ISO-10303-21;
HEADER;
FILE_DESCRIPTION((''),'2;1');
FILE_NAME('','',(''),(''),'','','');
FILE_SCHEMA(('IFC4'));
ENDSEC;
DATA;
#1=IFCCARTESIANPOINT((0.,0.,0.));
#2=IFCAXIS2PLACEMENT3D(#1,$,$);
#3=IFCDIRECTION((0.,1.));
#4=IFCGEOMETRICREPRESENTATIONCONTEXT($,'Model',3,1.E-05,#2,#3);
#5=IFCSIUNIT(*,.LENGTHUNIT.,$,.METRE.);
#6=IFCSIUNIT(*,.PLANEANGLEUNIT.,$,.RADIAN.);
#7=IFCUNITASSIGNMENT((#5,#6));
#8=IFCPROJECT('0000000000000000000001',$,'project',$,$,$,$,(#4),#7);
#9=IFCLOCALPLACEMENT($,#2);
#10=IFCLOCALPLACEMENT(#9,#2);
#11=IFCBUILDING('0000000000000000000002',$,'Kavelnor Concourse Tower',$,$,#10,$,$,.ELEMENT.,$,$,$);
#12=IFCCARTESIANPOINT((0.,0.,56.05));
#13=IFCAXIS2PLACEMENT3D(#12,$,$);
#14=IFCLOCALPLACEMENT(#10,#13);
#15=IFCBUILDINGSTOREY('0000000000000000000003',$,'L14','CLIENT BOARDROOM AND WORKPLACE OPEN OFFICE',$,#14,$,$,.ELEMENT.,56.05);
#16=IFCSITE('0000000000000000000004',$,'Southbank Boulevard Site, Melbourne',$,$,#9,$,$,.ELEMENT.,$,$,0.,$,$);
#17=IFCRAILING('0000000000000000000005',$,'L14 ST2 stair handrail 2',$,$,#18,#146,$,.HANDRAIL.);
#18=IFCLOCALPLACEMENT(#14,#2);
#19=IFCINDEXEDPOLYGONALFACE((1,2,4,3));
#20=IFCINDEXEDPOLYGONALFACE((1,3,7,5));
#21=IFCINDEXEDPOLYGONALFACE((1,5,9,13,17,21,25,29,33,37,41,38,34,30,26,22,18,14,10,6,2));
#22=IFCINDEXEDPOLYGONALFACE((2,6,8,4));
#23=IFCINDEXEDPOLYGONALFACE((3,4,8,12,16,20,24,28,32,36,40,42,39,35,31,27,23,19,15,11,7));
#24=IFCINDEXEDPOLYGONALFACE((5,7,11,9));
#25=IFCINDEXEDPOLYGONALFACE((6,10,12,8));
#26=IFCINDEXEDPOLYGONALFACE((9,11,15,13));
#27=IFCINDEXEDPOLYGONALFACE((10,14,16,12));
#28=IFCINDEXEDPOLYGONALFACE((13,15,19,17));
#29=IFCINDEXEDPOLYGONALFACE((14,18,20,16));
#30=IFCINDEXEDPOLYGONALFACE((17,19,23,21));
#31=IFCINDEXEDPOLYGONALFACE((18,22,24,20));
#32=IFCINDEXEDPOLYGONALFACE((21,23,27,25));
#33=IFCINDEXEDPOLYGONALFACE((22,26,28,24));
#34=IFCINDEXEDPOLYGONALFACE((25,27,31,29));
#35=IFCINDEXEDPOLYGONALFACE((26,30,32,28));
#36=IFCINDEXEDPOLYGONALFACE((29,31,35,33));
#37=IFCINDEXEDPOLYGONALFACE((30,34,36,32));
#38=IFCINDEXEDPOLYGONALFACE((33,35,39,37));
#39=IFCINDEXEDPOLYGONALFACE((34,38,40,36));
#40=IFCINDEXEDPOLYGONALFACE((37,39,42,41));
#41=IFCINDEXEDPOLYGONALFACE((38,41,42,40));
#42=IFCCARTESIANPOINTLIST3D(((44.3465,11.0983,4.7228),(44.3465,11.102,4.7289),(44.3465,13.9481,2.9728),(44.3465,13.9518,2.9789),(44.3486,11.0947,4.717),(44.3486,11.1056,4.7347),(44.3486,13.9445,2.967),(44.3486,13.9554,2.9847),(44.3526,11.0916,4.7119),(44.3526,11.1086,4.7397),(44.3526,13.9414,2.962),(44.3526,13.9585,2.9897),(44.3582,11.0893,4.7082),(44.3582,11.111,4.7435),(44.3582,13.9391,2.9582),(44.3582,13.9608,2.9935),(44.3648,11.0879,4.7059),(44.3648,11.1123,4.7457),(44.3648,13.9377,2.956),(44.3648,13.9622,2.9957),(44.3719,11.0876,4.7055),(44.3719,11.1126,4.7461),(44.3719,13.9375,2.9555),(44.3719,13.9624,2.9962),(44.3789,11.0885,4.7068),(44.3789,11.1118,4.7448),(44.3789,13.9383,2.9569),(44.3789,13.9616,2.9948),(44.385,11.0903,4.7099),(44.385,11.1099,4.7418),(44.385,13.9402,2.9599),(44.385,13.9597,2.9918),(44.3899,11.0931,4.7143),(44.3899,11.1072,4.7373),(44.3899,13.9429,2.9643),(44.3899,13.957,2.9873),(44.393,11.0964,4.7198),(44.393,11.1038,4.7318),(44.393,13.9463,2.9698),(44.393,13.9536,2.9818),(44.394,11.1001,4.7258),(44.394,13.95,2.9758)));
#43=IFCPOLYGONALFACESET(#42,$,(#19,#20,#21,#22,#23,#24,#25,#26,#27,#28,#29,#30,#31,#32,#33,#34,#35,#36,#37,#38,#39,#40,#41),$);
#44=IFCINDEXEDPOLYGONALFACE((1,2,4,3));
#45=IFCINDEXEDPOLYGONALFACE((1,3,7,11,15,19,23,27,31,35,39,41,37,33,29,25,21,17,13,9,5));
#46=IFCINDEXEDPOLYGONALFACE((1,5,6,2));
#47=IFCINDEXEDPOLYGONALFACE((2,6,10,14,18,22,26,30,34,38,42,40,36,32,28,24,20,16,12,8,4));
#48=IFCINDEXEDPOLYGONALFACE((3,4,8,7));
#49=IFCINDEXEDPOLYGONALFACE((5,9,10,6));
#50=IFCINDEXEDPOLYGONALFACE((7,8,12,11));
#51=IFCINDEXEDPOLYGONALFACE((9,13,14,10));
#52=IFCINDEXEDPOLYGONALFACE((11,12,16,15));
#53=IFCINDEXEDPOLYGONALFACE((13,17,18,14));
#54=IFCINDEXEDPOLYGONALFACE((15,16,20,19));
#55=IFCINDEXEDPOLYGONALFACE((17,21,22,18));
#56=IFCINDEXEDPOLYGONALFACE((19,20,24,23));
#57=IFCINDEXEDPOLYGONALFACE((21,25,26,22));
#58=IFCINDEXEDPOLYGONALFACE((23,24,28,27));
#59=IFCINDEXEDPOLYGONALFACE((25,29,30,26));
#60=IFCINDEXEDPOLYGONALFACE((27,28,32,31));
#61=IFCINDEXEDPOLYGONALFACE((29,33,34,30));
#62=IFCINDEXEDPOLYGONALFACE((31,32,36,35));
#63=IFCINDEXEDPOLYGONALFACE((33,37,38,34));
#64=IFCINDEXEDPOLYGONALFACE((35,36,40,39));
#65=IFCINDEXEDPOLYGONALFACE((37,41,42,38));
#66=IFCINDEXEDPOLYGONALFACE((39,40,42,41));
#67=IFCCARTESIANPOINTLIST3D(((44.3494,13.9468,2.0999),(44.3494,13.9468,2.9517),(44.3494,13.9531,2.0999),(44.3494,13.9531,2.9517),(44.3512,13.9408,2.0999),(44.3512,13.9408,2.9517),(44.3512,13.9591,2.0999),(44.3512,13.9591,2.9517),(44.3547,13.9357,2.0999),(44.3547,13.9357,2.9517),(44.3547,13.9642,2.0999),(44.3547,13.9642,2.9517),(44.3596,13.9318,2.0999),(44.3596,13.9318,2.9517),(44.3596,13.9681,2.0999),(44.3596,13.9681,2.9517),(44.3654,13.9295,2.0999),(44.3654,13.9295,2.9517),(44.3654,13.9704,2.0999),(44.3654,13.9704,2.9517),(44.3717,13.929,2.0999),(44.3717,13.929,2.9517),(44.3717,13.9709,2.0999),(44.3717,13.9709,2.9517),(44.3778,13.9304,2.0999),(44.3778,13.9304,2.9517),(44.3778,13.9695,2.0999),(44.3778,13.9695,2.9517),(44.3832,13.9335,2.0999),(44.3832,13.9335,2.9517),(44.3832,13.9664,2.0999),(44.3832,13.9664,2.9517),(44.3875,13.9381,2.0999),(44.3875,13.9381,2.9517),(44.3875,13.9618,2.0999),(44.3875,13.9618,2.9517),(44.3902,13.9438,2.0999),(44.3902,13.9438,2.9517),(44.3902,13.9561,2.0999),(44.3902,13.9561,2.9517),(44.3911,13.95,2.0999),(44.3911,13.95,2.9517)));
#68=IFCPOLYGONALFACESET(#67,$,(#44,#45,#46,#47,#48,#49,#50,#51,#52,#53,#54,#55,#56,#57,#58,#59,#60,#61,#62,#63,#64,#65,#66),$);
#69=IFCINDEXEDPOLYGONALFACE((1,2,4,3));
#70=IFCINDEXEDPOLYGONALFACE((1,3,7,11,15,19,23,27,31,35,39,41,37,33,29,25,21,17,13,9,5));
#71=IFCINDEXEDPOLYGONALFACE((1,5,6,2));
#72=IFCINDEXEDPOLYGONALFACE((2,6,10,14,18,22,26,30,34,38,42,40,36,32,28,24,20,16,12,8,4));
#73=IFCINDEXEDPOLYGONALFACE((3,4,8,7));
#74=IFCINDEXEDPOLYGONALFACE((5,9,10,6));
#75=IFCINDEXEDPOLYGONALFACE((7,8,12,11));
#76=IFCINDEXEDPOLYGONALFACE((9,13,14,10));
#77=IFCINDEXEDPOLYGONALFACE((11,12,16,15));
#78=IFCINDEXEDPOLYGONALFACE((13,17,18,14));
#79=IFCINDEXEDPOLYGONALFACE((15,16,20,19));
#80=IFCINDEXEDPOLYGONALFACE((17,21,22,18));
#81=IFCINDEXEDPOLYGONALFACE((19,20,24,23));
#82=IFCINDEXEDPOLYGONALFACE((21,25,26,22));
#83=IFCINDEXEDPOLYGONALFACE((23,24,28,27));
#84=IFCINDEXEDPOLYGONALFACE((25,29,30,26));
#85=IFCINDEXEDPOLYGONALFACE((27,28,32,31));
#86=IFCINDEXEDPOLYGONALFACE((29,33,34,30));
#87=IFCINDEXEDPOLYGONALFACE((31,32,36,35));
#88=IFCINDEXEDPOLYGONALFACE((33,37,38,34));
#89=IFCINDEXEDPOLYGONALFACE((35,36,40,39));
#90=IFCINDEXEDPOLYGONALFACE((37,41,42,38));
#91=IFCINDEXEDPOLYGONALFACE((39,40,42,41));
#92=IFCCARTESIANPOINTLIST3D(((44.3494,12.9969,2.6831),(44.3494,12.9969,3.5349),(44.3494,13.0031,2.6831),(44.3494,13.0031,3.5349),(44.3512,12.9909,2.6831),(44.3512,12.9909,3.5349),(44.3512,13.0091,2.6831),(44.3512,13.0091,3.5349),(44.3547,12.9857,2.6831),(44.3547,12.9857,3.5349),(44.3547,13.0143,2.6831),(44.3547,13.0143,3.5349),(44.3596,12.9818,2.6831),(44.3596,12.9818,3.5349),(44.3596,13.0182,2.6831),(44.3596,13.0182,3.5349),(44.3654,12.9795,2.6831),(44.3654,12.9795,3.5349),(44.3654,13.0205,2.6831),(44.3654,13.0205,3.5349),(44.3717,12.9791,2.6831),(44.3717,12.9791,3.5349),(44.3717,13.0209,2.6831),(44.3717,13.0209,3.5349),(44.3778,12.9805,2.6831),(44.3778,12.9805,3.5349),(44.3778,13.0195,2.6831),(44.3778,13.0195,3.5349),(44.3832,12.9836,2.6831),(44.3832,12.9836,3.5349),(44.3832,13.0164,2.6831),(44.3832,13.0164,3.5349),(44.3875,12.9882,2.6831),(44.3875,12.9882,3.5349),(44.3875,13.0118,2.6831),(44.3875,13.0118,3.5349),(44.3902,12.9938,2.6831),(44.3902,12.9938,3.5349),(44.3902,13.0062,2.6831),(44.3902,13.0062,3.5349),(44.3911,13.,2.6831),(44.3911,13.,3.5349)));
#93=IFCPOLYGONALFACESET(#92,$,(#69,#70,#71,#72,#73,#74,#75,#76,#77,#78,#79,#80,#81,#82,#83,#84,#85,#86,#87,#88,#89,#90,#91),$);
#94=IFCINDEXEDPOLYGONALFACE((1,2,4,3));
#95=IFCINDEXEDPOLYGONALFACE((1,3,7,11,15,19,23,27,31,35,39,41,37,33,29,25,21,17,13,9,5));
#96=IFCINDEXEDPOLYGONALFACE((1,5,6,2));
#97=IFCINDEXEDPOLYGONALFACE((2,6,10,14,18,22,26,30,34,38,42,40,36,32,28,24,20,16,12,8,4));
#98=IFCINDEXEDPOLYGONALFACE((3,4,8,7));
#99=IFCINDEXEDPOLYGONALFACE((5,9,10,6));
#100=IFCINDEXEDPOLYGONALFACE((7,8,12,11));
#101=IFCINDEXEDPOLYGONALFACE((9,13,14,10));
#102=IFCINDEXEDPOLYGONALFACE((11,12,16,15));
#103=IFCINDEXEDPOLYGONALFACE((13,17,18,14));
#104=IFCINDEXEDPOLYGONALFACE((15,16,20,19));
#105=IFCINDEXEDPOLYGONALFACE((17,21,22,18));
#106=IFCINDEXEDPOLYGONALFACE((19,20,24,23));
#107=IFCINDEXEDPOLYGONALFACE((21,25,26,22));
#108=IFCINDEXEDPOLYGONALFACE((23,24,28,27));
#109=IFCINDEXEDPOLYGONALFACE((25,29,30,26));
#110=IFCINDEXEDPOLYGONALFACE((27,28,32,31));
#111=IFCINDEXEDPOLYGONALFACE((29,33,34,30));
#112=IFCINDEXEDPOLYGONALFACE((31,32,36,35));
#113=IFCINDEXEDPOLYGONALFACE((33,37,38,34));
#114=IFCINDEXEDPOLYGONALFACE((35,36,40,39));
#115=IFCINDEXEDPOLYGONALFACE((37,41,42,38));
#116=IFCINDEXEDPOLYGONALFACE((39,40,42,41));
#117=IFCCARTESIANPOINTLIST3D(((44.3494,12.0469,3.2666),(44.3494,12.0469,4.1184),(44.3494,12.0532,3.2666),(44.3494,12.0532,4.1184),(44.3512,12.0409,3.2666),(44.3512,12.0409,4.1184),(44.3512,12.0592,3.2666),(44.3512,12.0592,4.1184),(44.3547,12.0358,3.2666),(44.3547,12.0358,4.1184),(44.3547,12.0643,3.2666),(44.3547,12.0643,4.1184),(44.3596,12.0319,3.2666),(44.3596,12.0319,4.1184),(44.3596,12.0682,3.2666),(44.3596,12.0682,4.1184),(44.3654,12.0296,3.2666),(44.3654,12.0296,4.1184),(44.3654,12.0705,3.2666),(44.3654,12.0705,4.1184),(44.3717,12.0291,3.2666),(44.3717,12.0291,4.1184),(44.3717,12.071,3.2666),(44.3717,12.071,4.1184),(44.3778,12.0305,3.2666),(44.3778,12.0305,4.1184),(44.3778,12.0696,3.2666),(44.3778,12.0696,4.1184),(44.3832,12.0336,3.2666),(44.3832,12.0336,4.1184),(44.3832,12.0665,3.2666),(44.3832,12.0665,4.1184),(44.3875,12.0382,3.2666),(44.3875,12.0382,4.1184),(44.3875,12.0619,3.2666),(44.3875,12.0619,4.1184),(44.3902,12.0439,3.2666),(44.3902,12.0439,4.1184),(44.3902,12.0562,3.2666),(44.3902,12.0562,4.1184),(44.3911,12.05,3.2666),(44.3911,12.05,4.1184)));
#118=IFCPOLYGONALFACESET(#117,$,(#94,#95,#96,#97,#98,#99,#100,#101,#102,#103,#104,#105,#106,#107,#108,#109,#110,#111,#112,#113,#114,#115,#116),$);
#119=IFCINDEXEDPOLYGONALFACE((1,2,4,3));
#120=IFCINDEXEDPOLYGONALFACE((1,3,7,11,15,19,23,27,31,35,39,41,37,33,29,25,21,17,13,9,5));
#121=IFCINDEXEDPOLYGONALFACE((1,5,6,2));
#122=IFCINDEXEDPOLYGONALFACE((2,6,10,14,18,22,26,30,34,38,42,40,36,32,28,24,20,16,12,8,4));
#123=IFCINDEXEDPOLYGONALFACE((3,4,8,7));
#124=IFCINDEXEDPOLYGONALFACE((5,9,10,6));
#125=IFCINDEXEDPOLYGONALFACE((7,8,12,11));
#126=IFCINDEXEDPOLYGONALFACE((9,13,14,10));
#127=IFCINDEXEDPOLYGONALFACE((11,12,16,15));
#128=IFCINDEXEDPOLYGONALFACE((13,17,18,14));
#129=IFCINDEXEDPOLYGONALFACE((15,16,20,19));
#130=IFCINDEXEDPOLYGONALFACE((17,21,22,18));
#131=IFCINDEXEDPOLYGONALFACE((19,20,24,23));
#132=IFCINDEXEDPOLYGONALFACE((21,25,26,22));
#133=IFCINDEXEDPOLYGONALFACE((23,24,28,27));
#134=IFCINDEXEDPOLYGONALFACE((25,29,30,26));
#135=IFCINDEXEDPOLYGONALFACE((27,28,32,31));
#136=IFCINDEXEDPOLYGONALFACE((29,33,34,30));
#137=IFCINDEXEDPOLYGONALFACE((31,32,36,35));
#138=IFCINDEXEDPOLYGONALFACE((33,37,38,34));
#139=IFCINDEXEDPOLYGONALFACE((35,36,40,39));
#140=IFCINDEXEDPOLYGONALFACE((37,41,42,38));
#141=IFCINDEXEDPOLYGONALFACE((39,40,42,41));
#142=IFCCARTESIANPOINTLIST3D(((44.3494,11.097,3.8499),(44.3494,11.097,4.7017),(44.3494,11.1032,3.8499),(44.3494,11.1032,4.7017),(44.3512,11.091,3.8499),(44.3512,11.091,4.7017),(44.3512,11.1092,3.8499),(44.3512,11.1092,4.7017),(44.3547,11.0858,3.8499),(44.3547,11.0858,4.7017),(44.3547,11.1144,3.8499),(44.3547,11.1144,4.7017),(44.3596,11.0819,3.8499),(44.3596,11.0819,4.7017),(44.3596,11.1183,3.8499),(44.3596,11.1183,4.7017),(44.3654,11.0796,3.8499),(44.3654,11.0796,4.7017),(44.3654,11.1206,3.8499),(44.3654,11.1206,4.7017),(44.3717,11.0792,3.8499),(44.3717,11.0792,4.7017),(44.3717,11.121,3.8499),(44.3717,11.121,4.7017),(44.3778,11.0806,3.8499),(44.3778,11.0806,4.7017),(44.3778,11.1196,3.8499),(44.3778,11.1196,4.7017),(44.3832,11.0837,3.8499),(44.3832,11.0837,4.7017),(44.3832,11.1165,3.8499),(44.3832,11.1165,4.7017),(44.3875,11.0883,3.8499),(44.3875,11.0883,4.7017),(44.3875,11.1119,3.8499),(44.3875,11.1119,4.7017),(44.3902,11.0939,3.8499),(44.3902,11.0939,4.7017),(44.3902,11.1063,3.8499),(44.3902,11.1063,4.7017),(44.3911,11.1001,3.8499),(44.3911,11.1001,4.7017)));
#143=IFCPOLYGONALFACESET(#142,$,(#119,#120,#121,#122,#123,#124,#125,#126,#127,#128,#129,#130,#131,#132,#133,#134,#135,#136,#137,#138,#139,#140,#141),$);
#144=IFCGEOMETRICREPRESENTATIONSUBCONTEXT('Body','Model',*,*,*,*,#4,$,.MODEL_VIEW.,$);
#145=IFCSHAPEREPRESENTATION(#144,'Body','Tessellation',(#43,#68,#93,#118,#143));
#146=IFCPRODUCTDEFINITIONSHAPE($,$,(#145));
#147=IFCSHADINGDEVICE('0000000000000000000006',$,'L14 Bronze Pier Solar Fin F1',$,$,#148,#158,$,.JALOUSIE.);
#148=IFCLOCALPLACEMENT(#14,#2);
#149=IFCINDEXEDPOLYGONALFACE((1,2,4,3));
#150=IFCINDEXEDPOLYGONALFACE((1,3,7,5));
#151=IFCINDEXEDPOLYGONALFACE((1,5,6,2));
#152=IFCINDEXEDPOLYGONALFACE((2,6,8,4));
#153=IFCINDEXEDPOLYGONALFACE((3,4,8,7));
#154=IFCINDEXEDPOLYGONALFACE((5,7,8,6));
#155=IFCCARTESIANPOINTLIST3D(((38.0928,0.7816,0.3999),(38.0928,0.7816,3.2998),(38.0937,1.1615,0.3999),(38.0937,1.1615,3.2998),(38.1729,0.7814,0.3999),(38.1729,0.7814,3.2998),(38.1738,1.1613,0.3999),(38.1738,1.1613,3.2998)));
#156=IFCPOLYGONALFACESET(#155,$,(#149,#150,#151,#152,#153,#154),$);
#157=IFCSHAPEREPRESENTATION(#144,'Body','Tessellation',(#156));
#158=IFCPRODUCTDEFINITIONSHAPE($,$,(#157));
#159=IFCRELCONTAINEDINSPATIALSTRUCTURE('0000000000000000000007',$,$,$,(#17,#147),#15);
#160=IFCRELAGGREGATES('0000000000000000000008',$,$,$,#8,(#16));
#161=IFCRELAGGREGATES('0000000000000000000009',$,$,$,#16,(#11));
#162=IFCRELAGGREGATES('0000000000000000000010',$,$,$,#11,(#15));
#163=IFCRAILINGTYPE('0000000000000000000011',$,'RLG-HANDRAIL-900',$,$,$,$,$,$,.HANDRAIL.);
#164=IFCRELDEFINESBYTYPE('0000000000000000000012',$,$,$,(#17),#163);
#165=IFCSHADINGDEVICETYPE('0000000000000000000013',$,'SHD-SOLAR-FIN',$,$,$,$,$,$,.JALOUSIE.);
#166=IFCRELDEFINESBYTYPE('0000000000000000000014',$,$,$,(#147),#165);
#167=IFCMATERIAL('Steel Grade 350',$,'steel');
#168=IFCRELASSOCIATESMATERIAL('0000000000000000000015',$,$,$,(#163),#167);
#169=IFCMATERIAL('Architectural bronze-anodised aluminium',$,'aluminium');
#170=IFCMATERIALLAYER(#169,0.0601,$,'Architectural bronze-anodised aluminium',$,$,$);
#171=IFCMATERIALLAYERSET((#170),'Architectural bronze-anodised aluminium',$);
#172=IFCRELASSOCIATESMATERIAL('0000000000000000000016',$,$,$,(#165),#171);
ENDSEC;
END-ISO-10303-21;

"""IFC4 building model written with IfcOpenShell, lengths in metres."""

from ifc_helpers import new_model, si_unit, direction, frame, origin, origin_2d, place, context, subcontext, project, spatial, rectangle, circle, extrude, material, layer, layer_set, type_object, element, save


model = new_model("IFC4")

# Units and contexts
model_context = context("Model", 3, precision=1e-05, world=origin(), true_north=direction((0.0, 1.0)))
body_context = subcontext(model_context, "Body", "Model", "MODEL_VIEW")
ifc_project = project(units=[si_unit("LENGTHUNIT", "METRE"), si_unit("PLANEANGLEUNIT", "RADIAN")], contexts=[model_context])

# Site, building, storey
site_placement = place(None, origin())
site = spatial("IfcSite", under=ifc_project, at=site_placement, Name="Southbank Boulevard Site, Melbourne", CompositionType="ELEMENT", RefElevation=0.0)
building_placement = place(site_placement, origin())
building = spatial("IfcBuilding", under=site, at=building_placement, Name="Kavelnor Concourse Tower", CompositionType="ELEMENT")
storey_placement = place(building_placement, frame((0.0, 0.0, 56.05)))
storey = spatial("IfcBuildingStorey", under=building, at=storey_placement, Name="L14", Description="CLIENT BOARDROOM AND WORKPLACE OPEN OFFICE", CompositionType="ELEMENT", Elevation=56.05)

# Shared definitions
ifc_material_1 = material(Name="Steel Grade 350", Category="steel")

# Railing
railing_type_1 = type_object("IfcRailingType", Name="RLG-HANDRAIL-900", PredefinedType="HANDRAIL", material=ifc_material_1)
railing_1_placement = place(storey_placement, frame((44.3701, 13.95, 2.0999)))
element("IfcRailing", 1, at=railing_1_placement, inside=storey, type_object=railing_type_1, Name="L14 ST2 stair handrail 2", PredefinedType="HANDRAIL", context=body_context, shape_type="SweptSolid", body=[
    extrude(circle(Radius=0.0239, at=origin_2d()), frame((0.0, 0.0, 0.876), z_axis=(0.0, -0.852159, 0.523283), x_axis=(1.0, 0.0, 0.0)), (0.0, 0.0, 1.0), 3.3442),
    extrude(circle(Radius=0.021, at=origin_2d()), origin(), (0.0, 0.0, 1.0), 0.8518),
    extrude(circle(Radius=0.021, at=origin_2d()), frame((0.0, -0.95, 0.5833)), (0.0, 0.0, 1.0), 0.8518),
    extrude(circle(Radius=0.021, at=origin_2d()), frame((0.0, -1.8999, 1.1667)), (0.0, 0.0, 1.0), 0.8518),
    extrude(circle(Radius=0.021, at=origin_2d()), frame((0.0, -2.8499, 1.75)), (0.0, 0.0, 1.0), 0.8518),
])

# Shading device
ifc_material_2 = material(Name="Architectural bronze-anodised aluminium", Category="aluminium")
ifc_layer_1 = layer(ifc_material_2, 0.0601, Name="Architectural bronze-anodised aluminium")
ifc_layer_set_1 = layer_set([ifc_layer_1], Name="Architectural bronze-anodised aluminium")
shading_device_type = type_object("IfcShadingDeviceType", Name="SHD-SOLAR-FIN", PredefinedType="JALOUSIE", material=ifc_layer_set_1)
shading_device_placement = place(storey_placement, frame((38.1333, 0.9714, 0.3999), z_axis=(0.0, 0.0, 1.0), x_axis=(-0.002443, -0.999997, 0.0)))
element("IfcShadingDevice", 2, at=shading_device_placement, inside=storey, type_object=shading_device_type, Name="L14 Bronze Pier Solar Fin F1", PredefinedType="JALOUSIE", context=body_context, shape_type="SweptSolid", body=[
    extrude(rectangle(XDim=0.3799, YDim=0.0801, at=origin_2d()), origin(), (0.0, 0.0, 1.0), 2.8999),
])

save(model, "model.ifc")
